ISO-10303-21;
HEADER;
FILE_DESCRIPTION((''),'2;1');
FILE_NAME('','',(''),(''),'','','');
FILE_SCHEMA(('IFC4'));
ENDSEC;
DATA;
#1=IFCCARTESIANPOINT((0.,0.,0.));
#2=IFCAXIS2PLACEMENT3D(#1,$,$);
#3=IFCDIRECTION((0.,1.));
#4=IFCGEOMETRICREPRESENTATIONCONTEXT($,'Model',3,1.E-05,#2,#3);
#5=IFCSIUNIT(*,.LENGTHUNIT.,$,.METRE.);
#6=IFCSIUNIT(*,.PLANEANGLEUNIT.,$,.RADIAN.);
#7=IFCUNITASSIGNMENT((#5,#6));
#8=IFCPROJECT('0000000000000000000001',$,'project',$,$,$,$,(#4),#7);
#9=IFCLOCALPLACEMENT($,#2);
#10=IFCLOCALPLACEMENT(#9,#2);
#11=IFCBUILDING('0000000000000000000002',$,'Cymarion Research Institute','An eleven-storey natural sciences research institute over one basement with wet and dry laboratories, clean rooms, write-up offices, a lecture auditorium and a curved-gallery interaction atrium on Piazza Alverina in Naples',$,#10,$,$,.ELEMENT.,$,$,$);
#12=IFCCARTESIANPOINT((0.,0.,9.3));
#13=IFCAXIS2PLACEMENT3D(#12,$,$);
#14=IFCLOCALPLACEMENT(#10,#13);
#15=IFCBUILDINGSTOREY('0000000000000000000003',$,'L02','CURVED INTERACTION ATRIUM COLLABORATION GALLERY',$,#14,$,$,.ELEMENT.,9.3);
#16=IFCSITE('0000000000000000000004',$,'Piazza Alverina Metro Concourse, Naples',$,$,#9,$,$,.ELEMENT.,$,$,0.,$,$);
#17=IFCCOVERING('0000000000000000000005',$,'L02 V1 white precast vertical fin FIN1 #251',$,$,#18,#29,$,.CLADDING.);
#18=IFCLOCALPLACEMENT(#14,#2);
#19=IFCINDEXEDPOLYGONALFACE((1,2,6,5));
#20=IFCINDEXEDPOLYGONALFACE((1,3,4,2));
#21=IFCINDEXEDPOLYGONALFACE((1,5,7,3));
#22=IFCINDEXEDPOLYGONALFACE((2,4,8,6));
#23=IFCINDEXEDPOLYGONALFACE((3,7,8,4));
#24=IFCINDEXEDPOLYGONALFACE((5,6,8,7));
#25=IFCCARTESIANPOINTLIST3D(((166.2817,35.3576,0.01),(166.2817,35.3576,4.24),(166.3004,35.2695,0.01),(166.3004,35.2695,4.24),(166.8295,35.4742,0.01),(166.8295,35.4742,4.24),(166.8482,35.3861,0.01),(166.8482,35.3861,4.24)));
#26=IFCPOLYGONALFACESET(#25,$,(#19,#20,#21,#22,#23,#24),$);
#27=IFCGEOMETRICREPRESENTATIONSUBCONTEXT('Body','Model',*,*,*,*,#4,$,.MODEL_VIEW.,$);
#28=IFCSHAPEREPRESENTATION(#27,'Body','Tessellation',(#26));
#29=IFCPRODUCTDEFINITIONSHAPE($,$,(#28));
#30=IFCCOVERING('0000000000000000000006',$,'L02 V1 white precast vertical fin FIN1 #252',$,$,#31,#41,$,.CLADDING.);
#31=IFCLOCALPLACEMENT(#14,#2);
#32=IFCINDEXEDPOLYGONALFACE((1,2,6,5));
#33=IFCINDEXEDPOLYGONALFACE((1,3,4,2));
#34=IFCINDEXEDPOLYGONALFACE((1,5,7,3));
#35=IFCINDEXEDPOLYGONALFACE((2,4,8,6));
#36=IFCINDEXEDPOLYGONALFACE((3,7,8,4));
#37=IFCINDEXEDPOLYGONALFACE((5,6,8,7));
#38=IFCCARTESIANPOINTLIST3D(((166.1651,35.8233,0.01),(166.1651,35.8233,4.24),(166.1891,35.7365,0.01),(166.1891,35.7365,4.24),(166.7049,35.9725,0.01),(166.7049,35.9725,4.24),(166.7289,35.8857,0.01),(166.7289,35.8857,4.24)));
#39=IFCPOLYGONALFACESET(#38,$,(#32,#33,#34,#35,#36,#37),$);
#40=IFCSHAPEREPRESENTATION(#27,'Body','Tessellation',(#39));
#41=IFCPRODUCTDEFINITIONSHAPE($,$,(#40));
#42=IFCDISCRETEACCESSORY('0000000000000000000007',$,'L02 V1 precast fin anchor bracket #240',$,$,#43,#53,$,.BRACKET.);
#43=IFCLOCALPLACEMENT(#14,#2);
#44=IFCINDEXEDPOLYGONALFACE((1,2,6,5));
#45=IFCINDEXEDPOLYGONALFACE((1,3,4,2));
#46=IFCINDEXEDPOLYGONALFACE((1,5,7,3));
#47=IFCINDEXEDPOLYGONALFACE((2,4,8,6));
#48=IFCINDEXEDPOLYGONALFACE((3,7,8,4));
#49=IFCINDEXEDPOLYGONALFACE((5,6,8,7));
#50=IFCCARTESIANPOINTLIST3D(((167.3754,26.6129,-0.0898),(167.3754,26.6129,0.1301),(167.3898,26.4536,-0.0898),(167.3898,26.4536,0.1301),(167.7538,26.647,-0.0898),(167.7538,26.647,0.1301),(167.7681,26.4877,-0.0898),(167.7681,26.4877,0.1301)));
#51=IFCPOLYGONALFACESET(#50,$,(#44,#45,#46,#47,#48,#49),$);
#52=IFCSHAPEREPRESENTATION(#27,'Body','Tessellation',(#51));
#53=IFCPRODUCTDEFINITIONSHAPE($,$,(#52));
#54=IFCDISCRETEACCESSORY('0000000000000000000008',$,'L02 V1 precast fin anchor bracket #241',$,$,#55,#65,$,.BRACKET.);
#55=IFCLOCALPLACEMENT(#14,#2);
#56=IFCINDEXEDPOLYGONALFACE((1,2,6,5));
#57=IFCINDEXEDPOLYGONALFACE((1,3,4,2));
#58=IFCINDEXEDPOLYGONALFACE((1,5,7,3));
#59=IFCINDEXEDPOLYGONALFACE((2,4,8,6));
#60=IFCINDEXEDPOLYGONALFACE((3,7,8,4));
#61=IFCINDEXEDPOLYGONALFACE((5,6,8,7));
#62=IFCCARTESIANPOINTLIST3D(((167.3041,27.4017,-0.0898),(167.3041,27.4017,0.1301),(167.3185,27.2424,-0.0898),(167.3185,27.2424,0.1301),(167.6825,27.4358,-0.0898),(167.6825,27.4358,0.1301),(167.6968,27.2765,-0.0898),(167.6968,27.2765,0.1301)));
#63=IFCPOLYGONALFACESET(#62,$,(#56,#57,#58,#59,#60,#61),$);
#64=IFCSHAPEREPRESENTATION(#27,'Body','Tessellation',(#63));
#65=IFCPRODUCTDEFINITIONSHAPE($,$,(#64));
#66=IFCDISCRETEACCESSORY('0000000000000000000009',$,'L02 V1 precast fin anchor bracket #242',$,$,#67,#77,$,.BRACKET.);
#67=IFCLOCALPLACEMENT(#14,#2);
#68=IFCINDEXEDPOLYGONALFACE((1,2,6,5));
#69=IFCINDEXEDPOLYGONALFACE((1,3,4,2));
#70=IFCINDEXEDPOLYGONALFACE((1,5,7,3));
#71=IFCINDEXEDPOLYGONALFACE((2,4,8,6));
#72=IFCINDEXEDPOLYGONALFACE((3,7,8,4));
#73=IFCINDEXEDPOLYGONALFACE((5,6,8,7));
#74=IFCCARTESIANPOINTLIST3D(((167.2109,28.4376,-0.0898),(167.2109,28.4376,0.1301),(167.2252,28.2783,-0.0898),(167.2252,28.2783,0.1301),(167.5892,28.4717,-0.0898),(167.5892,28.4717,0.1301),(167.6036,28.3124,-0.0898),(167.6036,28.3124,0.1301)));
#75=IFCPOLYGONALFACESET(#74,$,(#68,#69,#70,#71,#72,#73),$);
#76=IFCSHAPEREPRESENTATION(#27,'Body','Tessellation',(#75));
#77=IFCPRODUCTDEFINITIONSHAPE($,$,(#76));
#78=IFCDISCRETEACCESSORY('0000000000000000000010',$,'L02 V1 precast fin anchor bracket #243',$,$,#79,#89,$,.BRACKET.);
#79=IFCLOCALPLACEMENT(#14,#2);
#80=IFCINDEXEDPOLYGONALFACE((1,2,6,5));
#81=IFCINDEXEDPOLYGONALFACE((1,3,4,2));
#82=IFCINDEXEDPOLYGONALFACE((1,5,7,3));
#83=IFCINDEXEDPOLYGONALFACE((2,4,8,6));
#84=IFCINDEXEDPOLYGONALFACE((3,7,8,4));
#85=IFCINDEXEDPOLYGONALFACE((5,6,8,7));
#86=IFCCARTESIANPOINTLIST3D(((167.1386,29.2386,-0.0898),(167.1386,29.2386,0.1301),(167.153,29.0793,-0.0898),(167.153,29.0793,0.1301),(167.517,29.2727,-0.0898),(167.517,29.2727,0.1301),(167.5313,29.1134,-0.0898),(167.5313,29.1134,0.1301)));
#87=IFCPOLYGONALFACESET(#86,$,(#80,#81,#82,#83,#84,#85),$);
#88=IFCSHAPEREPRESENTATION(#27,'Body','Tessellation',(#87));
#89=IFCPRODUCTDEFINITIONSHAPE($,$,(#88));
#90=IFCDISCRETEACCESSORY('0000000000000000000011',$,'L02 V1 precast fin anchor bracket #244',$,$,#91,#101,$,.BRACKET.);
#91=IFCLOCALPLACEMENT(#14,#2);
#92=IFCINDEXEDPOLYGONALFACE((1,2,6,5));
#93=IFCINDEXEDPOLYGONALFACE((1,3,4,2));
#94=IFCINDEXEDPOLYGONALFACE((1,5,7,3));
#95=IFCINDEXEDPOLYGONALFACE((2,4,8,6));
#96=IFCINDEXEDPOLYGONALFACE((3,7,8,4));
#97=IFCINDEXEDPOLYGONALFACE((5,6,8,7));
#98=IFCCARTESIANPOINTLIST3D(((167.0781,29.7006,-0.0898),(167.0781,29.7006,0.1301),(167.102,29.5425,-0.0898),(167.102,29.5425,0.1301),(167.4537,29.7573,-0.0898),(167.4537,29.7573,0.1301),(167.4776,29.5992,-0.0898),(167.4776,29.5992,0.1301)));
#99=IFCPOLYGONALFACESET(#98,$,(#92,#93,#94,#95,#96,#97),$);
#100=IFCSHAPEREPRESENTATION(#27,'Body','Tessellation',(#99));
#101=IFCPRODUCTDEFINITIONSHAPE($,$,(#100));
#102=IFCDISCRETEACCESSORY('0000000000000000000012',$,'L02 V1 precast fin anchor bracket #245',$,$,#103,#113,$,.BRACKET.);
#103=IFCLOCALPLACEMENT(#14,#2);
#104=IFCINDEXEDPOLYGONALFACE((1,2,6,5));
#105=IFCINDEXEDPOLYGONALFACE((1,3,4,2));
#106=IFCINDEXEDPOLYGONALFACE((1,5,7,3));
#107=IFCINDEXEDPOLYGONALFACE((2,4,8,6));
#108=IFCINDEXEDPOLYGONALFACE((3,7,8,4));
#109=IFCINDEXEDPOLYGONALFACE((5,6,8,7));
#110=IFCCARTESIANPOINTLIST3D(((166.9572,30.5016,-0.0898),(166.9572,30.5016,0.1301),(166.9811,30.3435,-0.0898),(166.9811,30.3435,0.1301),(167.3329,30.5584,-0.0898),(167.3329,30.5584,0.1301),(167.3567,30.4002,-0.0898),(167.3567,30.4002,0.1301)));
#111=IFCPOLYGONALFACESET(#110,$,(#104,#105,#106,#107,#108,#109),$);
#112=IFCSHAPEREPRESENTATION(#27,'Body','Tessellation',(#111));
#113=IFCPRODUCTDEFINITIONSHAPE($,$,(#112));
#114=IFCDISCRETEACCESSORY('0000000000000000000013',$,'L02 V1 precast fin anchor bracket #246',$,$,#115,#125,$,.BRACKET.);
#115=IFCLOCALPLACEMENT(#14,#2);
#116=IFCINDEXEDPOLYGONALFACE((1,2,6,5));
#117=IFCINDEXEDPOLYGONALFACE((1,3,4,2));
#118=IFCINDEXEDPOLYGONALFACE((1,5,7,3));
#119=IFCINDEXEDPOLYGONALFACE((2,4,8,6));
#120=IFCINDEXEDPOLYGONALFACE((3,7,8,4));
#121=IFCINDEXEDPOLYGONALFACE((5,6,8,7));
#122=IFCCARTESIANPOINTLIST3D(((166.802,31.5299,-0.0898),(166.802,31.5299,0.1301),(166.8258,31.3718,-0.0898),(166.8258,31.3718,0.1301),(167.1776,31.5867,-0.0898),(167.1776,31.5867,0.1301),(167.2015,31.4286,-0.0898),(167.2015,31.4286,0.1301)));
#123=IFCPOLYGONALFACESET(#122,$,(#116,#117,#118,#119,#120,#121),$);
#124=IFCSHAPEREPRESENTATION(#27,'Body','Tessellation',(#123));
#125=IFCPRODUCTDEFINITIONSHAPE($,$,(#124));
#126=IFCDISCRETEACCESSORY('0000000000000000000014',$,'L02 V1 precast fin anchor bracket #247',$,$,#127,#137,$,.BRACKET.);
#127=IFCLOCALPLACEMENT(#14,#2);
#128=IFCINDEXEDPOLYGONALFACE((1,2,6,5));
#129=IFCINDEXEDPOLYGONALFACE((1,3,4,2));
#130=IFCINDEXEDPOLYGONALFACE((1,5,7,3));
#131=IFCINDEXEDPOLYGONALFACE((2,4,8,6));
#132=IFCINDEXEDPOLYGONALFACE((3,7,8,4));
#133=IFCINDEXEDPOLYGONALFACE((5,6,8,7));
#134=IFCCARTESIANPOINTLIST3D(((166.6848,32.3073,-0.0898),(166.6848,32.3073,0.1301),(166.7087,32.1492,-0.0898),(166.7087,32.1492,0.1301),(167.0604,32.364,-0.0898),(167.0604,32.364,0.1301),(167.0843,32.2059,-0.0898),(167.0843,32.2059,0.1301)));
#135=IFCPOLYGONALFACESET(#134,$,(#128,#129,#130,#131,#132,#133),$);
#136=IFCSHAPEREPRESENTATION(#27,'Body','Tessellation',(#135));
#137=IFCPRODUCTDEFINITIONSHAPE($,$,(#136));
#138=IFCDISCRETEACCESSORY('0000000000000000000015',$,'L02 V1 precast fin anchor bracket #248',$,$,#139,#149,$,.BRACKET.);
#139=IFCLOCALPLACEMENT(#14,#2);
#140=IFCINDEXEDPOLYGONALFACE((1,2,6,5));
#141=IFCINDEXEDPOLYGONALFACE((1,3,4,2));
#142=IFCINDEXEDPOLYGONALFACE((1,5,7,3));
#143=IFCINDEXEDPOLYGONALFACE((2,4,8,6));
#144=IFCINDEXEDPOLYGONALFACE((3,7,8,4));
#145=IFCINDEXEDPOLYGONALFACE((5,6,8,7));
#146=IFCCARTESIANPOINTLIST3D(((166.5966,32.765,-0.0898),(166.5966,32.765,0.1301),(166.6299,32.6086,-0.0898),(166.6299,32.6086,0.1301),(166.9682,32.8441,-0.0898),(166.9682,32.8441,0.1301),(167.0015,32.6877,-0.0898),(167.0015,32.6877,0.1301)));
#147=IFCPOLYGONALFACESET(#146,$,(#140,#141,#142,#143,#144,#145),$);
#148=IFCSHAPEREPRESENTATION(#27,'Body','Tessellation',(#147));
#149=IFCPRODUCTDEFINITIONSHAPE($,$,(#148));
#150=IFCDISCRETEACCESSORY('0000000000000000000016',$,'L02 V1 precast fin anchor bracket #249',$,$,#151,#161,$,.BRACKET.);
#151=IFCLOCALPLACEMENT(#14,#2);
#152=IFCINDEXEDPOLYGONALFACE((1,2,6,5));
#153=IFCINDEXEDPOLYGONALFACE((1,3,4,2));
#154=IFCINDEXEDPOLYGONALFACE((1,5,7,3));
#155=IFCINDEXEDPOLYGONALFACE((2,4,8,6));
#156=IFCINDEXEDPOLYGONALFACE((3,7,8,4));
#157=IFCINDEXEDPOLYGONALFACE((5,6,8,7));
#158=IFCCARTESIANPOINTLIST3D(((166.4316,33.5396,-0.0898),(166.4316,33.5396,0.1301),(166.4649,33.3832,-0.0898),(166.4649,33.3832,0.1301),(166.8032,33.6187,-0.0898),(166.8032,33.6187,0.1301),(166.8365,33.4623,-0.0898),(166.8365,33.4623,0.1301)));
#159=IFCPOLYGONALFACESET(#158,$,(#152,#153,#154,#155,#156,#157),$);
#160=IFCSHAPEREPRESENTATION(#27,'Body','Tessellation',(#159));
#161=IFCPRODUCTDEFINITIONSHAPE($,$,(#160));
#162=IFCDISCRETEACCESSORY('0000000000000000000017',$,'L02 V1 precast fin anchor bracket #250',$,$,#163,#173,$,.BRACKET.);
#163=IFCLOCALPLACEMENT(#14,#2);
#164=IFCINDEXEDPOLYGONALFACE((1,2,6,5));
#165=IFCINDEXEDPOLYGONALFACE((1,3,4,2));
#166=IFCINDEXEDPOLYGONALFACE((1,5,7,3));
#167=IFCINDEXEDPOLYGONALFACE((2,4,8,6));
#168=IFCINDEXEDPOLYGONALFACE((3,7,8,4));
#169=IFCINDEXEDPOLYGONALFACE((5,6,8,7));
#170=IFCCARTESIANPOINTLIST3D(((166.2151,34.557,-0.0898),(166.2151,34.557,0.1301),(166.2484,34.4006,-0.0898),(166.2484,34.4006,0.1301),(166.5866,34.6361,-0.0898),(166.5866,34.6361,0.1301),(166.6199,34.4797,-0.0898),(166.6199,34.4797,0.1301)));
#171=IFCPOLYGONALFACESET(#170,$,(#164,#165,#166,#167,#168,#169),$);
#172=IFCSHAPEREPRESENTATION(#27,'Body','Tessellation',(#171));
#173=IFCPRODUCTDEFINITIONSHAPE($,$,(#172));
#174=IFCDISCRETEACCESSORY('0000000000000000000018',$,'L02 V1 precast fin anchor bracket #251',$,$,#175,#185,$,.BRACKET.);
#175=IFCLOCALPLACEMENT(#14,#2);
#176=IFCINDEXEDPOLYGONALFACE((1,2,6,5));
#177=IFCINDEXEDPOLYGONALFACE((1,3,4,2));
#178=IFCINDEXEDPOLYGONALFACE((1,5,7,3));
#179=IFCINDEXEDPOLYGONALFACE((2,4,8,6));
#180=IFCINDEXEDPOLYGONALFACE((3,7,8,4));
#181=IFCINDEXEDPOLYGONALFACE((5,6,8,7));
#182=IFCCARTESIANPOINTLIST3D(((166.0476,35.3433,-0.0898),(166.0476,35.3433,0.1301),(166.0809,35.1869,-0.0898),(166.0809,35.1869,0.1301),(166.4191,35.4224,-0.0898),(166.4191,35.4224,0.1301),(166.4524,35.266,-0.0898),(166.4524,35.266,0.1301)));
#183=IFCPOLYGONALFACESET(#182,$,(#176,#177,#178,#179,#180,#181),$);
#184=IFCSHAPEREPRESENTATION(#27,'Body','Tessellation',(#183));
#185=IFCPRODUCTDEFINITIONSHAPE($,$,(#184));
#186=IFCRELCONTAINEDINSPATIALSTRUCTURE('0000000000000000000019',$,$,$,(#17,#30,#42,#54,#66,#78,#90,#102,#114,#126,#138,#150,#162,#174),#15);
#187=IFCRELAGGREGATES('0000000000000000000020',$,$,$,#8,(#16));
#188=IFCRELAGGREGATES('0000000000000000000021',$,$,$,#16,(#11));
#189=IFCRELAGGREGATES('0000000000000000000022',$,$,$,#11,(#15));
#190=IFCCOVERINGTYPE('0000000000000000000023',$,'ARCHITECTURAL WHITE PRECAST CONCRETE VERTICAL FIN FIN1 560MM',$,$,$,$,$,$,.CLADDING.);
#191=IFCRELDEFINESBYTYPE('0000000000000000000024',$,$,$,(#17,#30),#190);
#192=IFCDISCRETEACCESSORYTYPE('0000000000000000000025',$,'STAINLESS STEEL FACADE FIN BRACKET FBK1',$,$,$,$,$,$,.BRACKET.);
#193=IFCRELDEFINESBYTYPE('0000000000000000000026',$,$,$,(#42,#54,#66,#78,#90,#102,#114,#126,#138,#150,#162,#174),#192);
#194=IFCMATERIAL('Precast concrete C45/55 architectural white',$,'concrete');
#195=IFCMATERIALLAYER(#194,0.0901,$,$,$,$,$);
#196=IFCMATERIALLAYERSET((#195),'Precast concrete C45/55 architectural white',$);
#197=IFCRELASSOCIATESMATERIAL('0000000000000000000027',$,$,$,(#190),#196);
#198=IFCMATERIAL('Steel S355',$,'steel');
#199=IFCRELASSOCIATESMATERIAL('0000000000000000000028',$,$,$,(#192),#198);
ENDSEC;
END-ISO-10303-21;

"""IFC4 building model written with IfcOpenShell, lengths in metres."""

from ifc_helpers import new_model, si_unit, direction, frame, origin, origin_2d, place, context, subcontext, project, spatial, rectangle, extrude, material, layer, layer_set, type_object, element, save


model = new_model("IFC4")

# Units and contexts
model_context = context("Model", 3, precision=1e-05, world=origin(), true_north=direction((0.0, 1.0)))
body_context = subcontext(model_context, "Body", "Model", "MODEL_VIEW")
ifc_project = project(units=[si_unit("LENGTHUNIT", "METRE"), si_unit("PLANEANGLEUNIT", "RADIAN")], contexts=[model_context])

# Site, building, storey
site_placement = place(None, origin())
site = spatial("IfcSite", under=ifc_project, at=site_placement, Name="Piazza Alverina Metro Concourse, Naples", CompositionType="ELEMENT", RefElevation=0.0)
building_placement = place(site_placement, origin())
building = spatial("IfcBuilding", under=site, at=building_placement, Name="Cymarion Research Institute", Description="An eleven-storey natural sciences research institute over one basement with wet and dry laboratories, clean rooms, write-up offices, a lecture auditorium and a curved-gallery interaction atrium on Piazza Alverina in Naples", CompositionType="ELEMENT")
storey_placement = place(building_placement, frame((0.0, 0.0, 9.3)))
storey = spatial("IfcBuildingStorey", under=building, at=storey_placement, Name="L02", Description="CURVED INTERACTION ATRIUM COLLABORATION GALLERY", CompositionType="ELEMENT", Elevation=9.3)

# Coverings
ifc_material_1 = material(Name="Precast concrete C45/55 architectural white", Category="concrete")
ifc_layer_1 = layer(ifc_material_1, 0.0901)
ifc_layer_set_1 = layer_set([ifc_layer_1], Name="Precast concrete C45/55 architectural white")
covering_type = type_object("IfcCoveringType", Name="ARCHITECTURAL WHITE PRECAST CONCRETE VERTICAL FIN FIN1 560MM", PredefinedType="CLADDING", material=ifc_layer_set_1)
for number, where, z_axis, x_axis, name in (
    (1, (166.5649, 35.3718, 0.01), (0.0, 0.0, 1.0), (0.978075, 0.208253, 0.0), "L02 V1 white precast vertical fin FIN1 #251"),
    (2, (166.447, 35.8545, 0.01), (0.0, 0.0, 1.0), (0.963863, 0.266397, 0.0), "L02 V1 white precast vertical fin FIN1 #252"),
):
    element("IfcCovering", number, at=place(storey_placement, frame(where, z_axis=z_axis, x_axis=x_axis)), inside=storey, type_object=covering_type, Name=name, PredefinedType="CLADDING", context=body_context, shape_type="SweptSolid", body=[
        extrude(rectangle(XDim=0.5601, YDim=0.0901, at=origin_2d()), origin(), (0.0, 0.0, 1.0), 4.23),
    ])

# Discrete accessories
ifc_material_2 = material(Name="Steel S355", Category="steel")
discrete_accessory_type = type_object("IfcDiscreteAccessoryType", Name="STAINLESS STEEL FACADE FIN BRACKET FBK1", PredefinedType="BRACKET", material=ifc_material_2)
for number, where, z_axis, x_axis, name in (
    (3, (167.5718, 26.5503, -0.0898), (0.0, 0.0, 1.0), (0.995963, 0.089763, 0.0), "L02 V1 precast fin anchor bracket #240"),
    (4, (167.5005, 27.3391, -0.0898), (0.0, 0.0, 1.0), (0.995963, 0.089763, 0.0), "L02 V1 precast fin anchor bracket #241"),
    (5, (167.4072, 28.375, -0.0898), (0.0, 0.0, 1.0), (0.995963, 0.089763, 0.0), "L02 V1 precast fin anchor bracket #242"),
    (6, (167.335, 29.176, -0.0898), (0.0, 0.0, 1.0), (0.995963, 0.089763, 0.0), "L02 V1 precast fin anchor bracket #243"),
    (7, (167.2778, 29.6499, -0.0898), (0.0, 0.0, 1.0), (0.988782, 0.149363, 0.0), "L02 V1 precast fin anchor bracket #244"),
    (8, (167.157, 30.4509, -0.0898), (0.0, 0.0, 1.0), (0.988782, 0.149363, 0.0), "L02 V1 precast fin anchor bracket #245"),
    (9, (167.0017, 31.4792, -0.0898), (0.0, 0.0, 1.0), (0.988782, 0.149363, 0.0), "L02 V1 precast fin anchor bracket #246"),
    (10, (166.8845, 32.2566, -0.0898), (0.0, 0.0, 1.0), (0.988782, 0.149363, 0.0), "L02 V1 precast fin anchor bracket #247"),
    (11, (166.7991, 32.7263, -0.0898), (0.0, 0.0, 1.0), (0.978075, 0.208253, 0.0), "L02 V1 precast fin anchor bracket #248"),
    (12, (166.634, 33.501, -0.0898), (0.0, 0.0, 1.0), (0.978075, 0.208253, 0.0), "L02 V1 precast fin anchor bracket #249"),
    (13, (166.4175, 34.5183, -0.0898), (0.0, 0.0, 1.0), (0.978075, 0.208253, 0.0), "L02 V1 precast fin anchor bracket #250"),
    (14, (166.25, 35.3047, -0.0898), (0.0, 0.0, 1.0), (0.978075, 0.208253, 0.0), "L02 V1 precast fin anchor bracket #251"),
):
    element("IfcDiscreteAccessory", number, at=place(storey_placement, frame(where, z_axis=z_axis, x_axis=x_axis)), inside=storey, type_object=discrete_accessory_type, Name=name, PredefinedType="BRACKET", context=body_context, shape_type="SweptSolid", body=[
        extrude(rectangle(XDim=0.3799, YDim=0.1599, at=origin_2d()), origin(), (0.0, 0.0, 1.0), 0.22),
    ])

save(model, "model.ifc")
